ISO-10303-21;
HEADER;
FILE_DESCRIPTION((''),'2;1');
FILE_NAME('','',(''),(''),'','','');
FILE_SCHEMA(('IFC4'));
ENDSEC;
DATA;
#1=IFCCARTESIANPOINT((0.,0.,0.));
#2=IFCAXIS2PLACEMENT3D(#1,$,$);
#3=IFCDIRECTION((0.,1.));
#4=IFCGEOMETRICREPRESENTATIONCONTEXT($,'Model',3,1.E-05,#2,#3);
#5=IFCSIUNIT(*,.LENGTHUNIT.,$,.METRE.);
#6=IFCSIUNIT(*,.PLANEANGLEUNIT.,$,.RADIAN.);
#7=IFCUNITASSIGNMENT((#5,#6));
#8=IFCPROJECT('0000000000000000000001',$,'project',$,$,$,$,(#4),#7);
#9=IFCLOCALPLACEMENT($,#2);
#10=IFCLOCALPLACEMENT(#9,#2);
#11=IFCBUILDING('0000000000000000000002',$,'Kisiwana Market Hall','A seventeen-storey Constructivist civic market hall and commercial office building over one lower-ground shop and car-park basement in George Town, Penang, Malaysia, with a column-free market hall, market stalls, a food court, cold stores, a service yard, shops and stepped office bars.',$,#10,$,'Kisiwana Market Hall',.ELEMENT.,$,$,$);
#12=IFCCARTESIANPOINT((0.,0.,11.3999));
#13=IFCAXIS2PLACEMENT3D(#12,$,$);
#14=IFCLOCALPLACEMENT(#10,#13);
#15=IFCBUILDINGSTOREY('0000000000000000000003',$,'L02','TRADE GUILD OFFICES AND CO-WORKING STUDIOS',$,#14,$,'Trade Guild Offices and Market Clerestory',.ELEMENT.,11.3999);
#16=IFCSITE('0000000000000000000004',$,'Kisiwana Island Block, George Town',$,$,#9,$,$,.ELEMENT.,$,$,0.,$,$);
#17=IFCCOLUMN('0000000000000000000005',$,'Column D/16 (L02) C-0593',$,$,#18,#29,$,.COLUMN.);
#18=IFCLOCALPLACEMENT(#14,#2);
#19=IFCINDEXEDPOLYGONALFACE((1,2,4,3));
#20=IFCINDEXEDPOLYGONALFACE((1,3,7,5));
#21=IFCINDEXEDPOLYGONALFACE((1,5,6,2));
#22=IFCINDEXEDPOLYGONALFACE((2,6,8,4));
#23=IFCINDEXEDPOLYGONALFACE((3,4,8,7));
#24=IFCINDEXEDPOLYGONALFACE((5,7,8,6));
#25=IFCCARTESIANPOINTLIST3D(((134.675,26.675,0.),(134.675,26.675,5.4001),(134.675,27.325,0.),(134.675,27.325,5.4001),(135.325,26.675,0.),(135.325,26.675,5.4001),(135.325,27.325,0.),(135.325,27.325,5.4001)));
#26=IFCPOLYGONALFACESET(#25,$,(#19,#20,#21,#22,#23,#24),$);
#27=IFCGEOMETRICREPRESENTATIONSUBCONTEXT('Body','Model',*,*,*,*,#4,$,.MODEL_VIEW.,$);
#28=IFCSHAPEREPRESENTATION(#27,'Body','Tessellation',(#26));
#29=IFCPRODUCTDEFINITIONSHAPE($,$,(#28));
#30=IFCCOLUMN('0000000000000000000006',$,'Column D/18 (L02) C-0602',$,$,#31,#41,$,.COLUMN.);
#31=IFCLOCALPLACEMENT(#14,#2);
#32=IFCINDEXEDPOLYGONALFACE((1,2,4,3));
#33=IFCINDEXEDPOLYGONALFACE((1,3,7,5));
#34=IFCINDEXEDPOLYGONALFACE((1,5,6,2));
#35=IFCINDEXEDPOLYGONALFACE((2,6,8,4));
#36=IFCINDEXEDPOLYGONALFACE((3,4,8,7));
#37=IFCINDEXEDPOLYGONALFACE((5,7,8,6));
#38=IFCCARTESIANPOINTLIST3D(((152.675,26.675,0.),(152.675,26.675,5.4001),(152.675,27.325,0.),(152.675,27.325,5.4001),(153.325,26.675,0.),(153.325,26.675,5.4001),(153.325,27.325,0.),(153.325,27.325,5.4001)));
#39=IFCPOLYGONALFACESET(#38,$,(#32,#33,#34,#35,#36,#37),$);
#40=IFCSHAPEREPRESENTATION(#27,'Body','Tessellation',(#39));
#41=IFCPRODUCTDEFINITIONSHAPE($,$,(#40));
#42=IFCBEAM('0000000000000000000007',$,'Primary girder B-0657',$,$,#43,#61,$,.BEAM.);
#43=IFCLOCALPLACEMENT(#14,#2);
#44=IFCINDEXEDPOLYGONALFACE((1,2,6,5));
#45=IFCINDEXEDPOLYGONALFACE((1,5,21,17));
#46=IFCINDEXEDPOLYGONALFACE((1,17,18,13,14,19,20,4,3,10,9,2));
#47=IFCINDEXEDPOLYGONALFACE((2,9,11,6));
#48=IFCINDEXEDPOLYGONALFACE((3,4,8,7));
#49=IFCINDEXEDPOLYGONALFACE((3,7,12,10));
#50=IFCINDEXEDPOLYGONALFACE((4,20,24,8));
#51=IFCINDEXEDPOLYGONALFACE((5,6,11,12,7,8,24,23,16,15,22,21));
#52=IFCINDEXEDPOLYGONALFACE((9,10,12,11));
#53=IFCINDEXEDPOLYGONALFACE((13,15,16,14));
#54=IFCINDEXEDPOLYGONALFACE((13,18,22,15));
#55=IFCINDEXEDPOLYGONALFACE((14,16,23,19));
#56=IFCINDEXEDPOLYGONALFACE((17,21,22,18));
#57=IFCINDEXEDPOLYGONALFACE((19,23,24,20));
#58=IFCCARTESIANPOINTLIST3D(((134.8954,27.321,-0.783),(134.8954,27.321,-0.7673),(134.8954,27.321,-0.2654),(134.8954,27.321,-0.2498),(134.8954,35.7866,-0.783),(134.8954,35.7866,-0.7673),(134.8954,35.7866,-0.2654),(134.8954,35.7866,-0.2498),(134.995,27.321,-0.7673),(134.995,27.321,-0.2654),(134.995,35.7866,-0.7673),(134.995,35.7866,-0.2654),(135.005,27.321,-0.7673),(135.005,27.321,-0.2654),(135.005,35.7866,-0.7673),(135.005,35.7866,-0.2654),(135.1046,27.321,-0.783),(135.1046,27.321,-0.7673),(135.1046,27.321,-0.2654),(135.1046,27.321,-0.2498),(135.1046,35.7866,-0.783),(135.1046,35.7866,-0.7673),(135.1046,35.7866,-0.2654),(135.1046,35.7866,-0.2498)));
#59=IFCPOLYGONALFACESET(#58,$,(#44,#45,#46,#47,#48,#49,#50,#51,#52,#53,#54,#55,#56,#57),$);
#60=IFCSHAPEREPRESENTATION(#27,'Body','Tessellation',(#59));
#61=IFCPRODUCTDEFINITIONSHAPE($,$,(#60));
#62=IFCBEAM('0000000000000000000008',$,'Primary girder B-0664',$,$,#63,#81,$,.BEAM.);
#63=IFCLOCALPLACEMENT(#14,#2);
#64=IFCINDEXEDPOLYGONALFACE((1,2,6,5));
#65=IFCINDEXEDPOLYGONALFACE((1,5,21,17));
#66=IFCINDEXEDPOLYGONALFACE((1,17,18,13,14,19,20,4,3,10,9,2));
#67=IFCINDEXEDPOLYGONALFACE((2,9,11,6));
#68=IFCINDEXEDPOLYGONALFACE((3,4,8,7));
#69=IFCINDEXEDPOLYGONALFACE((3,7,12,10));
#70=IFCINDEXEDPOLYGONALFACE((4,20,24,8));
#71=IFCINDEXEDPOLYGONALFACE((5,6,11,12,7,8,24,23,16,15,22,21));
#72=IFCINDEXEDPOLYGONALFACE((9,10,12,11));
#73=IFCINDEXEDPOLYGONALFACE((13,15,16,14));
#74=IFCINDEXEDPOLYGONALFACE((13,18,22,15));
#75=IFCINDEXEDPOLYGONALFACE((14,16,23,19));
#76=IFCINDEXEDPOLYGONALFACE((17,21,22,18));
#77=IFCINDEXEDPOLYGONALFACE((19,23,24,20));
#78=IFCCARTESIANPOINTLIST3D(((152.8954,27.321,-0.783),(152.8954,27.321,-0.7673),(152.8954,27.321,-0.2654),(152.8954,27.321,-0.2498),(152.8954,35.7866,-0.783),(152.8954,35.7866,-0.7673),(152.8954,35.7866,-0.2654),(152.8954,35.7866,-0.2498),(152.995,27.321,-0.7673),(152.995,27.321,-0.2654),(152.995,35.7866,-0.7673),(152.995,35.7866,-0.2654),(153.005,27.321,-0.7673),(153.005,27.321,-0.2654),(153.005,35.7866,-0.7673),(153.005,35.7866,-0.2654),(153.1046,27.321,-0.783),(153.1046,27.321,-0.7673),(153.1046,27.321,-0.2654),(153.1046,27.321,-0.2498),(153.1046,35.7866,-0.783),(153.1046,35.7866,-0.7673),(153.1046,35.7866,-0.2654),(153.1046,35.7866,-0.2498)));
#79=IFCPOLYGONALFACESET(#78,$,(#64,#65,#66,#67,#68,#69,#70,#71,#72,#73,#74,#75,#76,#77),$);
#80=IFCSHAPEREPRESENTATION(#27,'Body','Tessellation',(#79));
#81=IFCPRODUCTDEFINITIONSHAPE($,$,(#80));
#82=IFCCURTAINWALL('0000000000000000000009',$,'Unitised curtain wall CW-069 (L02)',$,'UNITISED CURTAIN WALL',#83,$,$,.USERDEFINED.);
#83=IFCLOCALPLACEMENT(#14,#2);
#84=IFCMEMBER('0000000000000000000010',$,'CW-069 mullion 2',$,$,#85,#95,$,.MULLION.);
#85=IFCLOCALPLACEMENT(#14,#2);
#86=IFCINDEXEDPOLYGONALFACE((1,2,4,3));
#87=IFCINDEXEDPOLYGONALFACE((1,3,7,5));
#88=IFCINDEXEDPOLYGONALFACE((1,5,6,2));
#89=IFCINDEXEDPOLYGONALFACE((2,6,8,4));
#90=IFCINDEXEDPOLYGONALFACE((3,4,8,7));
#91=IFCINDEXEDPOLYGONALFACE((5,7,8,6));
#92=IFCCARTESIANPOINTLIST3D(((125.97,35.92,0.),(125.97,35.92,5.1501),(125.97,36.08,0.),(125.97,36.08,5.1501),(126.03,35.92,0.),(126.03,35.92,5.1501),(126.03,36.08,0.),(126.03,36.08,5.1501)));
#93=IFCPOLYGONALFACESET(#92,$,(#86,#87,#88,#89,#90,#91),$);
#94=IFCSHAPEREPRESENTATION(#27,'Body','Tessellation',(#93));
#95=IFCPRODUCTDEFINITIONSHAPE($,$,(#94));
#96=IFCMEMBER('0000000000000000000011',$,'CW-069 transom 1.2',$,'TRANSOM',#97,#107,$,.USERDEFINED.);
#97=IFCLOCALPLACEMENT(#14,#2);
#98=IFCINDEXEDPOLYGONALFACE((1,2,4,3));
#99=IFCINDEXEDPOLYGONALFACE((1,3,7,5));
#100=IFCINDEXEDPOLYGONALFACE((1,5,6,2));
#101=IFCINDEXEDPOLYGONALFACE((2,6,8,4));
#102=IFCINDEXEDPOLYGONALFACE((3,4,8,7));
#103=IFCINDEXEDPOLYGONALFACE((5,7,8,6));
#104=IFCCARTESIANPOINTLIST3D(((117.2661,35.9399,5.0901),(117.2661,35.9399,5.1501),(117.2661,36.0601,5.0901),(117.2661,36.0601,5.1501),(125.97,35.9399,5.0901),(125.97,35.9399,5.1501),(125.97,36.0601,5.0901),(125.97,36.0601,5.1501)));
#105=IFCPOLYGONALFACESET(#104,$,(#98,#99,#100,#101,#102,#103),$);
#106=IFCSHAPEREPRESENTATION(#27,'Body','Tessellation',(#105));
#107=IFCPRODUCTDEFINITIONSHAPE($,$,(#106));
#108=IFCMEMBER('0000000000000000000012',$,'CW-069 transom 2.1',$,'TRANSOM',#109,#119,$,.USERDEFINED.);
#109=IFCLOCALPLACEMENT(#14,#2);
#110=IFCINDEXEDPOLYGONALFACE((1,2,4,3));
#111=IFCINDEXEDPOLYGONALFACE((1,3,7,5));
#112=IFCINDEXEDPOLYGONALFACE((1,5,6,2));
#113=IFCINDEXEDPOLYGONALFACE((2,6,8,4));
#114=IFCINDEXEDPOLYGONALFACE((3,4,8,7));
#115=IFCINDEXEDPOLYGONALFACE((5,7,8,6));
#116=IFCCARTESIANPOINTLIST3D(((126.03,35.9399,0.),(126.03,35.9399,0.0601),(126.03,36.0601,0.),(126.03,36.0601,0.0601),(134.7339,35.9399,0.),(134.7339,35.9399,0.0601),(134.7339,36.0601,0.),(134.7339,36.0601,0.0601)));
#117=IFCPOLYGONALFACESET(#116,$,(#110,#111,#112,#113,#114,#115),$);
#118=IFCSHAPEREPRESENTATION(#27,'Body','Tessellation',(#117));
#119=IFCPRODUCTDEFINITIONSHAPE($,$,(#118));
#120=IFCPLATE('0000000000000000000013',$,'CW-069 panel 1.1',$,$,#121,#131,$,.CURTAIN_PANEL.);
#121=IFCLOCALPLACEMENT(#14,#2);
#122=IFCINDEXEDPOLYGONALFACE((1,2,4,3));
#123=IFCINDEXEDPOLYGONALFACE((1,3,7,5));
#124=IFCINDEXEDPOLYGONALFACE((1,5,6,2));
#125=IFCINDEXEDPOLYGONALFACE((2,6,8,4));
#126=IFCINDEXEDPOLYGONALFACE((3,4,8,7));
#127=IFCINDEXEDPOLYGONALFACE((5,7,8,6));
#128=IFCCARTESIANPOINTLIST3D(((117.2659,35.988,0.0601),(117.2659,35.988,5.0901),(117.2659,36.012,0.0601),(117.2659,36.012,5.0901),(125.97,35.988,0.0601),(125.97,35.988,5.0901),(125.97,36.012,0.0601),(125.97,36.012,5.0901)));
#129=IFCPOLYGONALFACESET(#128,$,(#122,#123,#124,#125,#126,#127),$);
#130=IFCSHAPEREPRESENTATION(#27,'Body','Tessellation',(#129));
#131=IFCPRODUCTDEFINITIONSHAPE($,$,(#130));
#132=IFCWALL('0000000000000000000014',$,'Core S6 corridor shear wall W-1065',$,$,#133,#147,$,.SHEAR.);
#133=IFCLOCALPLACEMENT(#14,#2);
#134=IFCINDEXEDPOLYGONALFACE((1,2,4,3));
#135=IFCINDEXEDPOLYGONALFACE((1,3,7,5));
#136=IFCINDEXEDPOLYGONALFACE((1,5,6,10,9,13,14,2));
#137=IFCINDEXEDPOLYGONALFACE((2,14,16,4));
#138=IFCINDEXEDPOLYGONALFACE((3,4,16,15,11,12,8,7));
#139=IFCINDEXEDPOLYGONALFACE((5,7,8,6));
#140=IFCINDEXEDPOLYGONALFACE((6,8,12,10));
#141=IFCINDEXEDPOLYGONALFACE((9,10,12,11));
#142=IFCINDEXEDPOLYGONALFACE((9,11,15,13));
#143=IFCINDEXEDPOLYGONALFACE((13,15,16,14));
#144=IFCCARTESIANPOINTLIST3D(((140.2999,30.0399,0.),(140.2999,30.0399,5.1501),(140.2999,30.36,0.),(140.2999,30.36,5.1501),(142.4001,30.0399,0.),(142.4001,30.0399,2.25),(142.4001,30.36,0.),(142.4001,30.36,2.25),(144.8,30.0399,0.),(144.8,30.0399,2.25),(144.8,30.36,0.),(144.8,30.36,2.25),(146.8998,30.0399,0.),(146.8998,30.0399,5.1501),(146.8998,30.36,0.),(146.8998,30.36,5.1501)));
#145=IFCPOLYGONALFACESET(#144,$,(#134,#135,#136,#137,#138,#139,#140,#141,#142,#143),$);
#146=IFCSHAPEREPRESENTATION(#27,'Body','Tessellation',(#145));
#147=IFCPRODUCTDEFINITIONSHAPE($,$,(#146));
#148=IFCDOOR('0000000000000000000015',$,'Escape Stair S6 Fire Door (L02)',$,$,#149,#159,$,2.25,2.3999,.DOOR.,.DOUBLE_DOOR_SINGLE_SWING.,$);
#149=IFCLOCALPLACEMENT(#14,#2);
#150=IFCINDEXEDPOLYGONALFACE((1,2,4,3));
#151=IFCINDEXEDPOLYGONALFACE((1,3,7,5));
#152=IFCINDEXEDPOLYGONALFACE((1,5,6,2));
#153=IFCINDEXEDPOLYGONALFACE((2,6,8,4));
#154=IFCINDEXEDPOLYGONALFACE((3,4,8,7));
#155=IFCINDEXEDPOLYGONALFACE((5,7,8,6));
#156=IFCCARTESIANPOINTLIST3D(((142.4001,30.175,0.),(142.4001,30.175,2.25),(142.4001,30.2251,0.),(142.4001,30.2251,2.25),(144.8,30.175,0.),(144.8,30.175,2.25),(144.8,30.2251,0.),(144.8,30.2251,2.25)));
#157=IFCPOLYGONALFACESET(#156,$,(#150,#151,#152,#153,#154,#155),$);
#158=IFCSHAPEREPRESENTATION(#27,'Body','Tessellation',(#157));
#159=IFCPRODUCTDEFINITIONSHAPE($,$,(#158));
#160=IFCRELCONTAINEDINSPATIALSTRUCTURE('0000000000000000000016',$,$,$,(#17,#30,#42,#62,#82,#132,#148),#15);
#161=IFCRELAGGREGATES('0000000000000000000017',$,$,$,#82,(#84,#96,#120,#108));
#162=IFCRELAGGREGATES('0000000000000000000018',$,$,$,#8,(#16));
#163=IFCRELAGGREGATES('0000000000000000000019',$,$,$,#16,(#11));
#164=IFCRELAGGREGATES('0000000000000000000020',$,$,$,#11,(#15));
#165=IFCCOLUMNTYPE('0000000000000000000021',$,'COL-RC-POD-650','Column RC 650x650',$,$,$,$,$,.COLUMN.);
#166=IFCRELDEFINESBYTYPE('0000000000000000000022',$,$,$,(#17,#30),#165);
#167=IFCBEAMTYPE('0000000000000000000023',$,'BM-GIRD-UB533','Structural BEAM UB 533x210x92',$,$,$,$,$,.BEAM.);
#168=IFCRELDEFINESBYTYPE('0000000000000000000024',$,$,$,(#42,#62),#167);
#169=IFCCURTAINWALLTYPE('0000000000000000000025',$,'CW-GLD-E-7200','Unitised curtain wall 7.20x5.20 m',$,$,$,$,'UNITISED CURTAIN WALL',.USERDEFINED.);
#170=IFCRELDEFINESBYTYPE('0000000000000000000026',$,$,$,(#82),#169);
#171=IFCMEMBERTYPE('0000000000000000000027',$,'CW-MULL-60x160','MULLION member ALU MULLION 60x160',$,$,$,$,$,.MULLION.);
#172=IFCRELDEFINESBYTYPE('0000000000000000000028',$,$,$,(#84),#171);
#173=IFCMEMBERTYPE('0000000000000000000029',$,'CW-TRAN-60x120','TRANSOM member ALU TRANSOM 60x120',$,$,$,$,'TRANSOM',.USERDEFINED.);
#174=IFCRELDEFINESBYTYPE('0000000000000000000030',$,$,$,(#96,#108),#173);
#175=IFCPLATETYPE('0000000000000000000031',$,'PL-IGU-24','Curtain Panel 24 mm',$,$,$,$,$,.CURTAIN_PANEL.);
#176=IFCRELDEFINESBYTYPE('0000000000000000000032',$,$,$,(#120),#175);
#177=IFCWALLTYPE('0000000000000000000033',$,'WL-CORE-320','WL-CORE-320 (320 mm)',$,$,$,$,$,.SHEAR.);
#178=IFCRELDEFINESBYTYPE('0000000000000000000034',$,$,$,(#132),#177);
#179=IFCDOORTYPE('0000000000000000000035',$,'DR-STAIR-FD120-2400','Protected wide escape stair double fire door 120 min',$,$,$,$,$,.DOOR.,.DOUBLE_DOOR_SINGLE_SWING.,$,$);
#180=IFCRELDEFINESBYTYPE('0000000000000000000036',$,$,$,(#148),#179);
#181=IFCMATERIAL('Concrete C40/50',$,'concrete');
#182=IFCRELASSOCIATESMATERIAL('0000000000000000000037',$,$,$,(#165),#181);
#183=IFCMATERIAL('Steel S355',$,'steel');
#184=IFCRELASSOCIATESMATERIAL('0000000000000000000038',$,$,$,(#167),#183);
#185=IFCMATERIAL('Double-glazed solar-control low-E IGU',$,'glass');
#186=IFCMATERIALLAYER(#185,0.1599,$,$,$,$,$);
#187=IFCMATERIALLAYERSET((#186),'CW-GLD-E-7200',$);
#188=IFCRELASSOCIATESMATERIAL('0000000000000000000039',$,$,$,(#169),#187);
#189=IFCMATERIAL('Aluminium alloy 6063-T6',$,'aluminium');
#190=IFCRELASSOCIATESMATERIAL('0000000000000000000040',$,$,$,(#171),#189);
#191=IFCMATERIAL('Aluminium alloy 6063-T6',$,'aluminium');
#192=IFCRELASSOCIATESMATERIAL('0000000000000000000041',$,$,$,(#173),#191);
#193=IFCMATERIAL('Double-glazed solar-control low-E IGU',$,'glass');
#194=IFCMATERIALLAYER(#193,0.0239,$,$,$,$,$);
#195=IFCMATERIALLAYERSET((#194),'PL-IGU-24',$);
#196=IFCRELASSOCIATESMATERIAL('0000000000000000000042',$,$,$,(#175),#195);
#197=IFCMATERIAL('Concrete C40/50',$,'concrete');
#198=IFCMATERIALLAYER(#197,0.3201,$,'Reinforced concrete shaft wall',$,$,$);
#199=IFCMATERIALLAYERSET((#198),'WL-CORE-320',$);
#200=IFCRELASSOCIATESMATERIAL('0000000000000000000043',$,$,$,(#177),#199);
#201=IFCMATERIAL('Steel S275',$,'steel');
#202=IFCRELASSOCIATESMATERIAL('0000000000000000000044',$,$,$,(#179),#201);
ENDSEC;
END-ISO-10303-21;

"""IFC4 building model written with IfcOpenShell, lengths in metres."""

from ifc_helpers import new_model, si_unit, direction, frame, frame_2d, origin, origin_2d, place, context, subcontext, project, spatial, rectangle, i_section, extrude, material, layer, layer_set, material_profile, profile_set, type_object, element, fill, aggregate, save


model = new_model("IFC4")

# Units and contexts
model_context = context("Model", 3, precision=1e-05, world=origin(), true_north=direction((0.0, 1.0)))
body_context = subcontext(model_context, "Body", "Model", "MODEL_VIEW")
ifc_project = project(units=[si_unit("LENGTHUNIT", "METRE"), si_unit("PLANEANGLEUNIT", "RADIAN")], contexts=[model_context])

# Site, building, storey
site_placement = place(None, origin())
site = spatial("IfcSite", under=ifc_project, at=site_placement, Name="Kisiwana Island Block, George Town", CompositionType="ELEMENT", RefElevation=0.0)
building_placement = place(site_placement, origin())
building = spatial("IfcBuilding", under=site, at=building_placement, Name="Kisiwana Market Hall", Description="A seventeen-storey Constructivist civic market hall and commercial office building over one lower-ground shop and car-park basement in George Town, Penang, Malaysia, with a column-free market hall, market stalls, a food court, cold stores, a service yard, shops and stepped office bars.", LongName="Kisiwana Market Hall", CompositionType="ELEMENT")
storey_placement = place(building_placement, frame((0.0, 0.0, 11.3999)))
storey = spatial("IfcBuildingStorey", under=building, at=storey_placement, Name="L02", Description="TRADE GUILD OFFICES AND CO-WORKING STUDIOS", LongName="Trade Guild Offices and Market Clerestory", CompositionType="ELEMENT", Elevation=11.3999)

# Columns
ifc_material_1 = material(Name="Concrete C40/50", Category="concrete")
ifc_material_profile_1 = material_profile(ifc_material_1, rectangle(XDim=0.6499, YDim=0.6499, at=origin_2d()), Name="RC 650x650")
ifc_profile_set_1 = profile_set([ifc_material_profile_1], Name="Concrete C40/50")
column_type = type_object("IfcColumnType", Name="COL-RC-POD-650", Description="Column RC 650x650", PredefinedType="COLUMN", material=ifc_profile_set_1)
for number, where, z_axis, x_axis, name in (
    (1, (135.0, 27.0, 0.0), (0.0, 0.0, 1.0), (1.0, 0.0, 0.0), "Column D/16 (L02) C-0593"),
    (2, (153.0, 27.0, 0.0), (0.0, 0.0, 1.0), (1.0, 0.0, 0.0), "Column D/18 (L02) C-0602"),
):
    element("IfcColumn", number, at=place(storey_placement, frame(where, z_axis=z_axis, x_axis=x_axis)), inside=storey, type_object=column_type, Name=name, PredefinedType="COLUMN", context=body_context, shape_type="SweptSolid", body=[
        extrude(rectangle(XDim=0.6499, YDim=0.6499, at=origin_2d()), origin(), (0.0, 0.0, 1.0), 5.4001),
    ])

# Beams
ifc_material_2 = material(Name="Steel S355", Category="steel")
ifc_material_profile_2 = material_profile(ifc_material_2, i_section(OverallWidth=0.2092, OverallDepth=0.5332, WebThickness=0.01, FlangeThickness=0.0156, at=origin_2d()), Name="UB 533x210x92")
ifc_profile_set_2 = profile_set([ifc_material_profile_2], Name="Steel S355")
beam_type = type_object("IfcBeamType", Name="BM-GIRD-UB533", Description="Structural BEAM UB 533x210x92", PredefinedType="BEAM", material=ifc_profile_set_2)
for number, where, z_axis, x_axis, name in (
    (3, (135.0, 27.321, -0.5164), (0.0, 1.0, 0.0), (-1.0, 0.0, 0.0), "Primary girder B-0657"),
    (4, (153.0, 27.321, -0.5164), (0.0, 1.0, 0.0), (-1.0, 0.0, 0.0), "Primary girder B-0664"),
):
    element("IfcBeam", number, at=place(storey_placement, frame(where, z_axis=z_axis, x_axis=x_axis)), inside=storey, type_object=beam_type, Name=name, PredefinedType="BEAM", context=body_context, shape_type="SweptSolid", body=[
        extrude(i_section(OverallWidth=0.2092, OverallDepth=0.5332, WebThickness=0.01, FlangeThickness=0.0156, at=origin_2d()), origin(), (0.0, 0.0, 1.0), 8.4656),
    ])

# Curtain wall, members, plate
ifc_material_3 = material(Name="Double-glazed solar-control low-E IGU", Category="glass")
ifc_layer_1 = layer(ifc_material_3, 0.1599)
ifc_layer_set_1 = layer_set([ifc_layer_1], Name="CW-GLD-E-7200")
curtain_wall_type = type_object("IfcCurtainWallType", Name="CW-GLD-E-7200", Description="Unitised curtain wall 7.20x5.20 m", ElementType="UNITISED CURTAIN WALL", PredefinedType="USERDEFINED", material=ifc_layer_set_1)
curtain_wall_placement = place(storey_placement, origin())
curtain_wall = element("IfcCurtainWall", 5, at=curtain_wall_placement, inside=storey, type_object=curtain_wall_type, Name="Unitised curtain wall CW-069 (L02)", ObjectType="UNITISED CURTAIN WALL", PredefinedType="USERDEFINED")
ifc_material_4 = material(Name="Aluminium alloy 6063-T6", Category="aluminium")
ifc_material_profile_3 = material_profile(ifc_material_4, rectangle(XDim=0.0601, YDim=0.1599, at=origin_2d()), Name="ALU MULLION 60x160")
ifc_profile_set_3 = profile_set([ifc_material_profile_3], Name="Aluminium alloy 6063-T6")
member_type_1 = type_object("IfcMemberType", Name="CW-MULL-60x160", Description="MULLION member ALU MULLION 60x160", PredefinedType="MULLION", material=ifc_profile_set_3)
member_1_placement = place(storey_placement, frame((126.0, 36.0, 0.0), z_axis=(0.0, 0.0, 1.0), x_axis=(1.0, 0.0, 0.0)))
member_1 = element("IfcMember", 6, at=member_1_placement, type_object=member_type_1, Name="CW-069 mullion 2", PredefinedType="MULLION", context=body_context, shape_type="SweptSolid", body=[
    extrude(rectangle(XDim=0.0601, YDim=0.1599, at=origin_2d()), origin(), (0.0, 0.0, 1.0), 5.1501),
])
ifc_material_5 = material(Name="Aluminium alloy 6063-T6", Category="aluminium")
ifc_material_profile_4 = material_profile(ifc_material_5, rectangle(XDim=0.1201, YDim=0.0601, at=origin_2d()), Name="ALU TRANSOM 60x120")
ifc_profile_set_4 = profile_set([ifc_material_profile_4], Name="Aluminium alloy 6063-T6")
member_type_2 = type_object("IfcMemberType", Name="CW-TRAN-60x120", Description="TRANSOM member ALU TRANSOM 60x120", ElementType="TRANSOM", PredefinedType="USERDEFINED", material=ifc_profile_set_4)
member_2_placement = place(storey_placement, frame((117.2661, 36.0, 5.1201), z_axis=(1.0, 0.0, 0.0), x_axis=(0.0, 1.0, 0.0)))
member_2 = element("IfcMember", 7, at=member_2_placement, type_object=member_type_2, Name="CW-069 transom 1.2", ObjectType="TRANSOM", PredefinedType="USERDEFINED", context=body_context, shape_type="SweptSolid", body=[
    extrude(rectangle(XDim=0.1201, YDim=0.0601, at=origin_2d()), origin(), (0.0, 0.0, 1.0), 8.7039),
])
member_3_placement = place(storey_placement, frame((126.03, 36.0, 0.03), z_axis=(1.0, 0.0, 0.0), x_axis=(0.0, 1.0, 0.0)))
member_3 = element("IfcMember", 8, at=member_3_placement, type_object=member_type_2, Name="CW-069 transom 2.1", ObjectType="TRANSOM", PredefinedType="USERDEFINED", context=body_context, shape_type="SweptSolid", body=[
    extrude(rectangle(XDim=0.1201, YDim=0.0601, at=origin_2d()), origin(), (0.0, 0.0, 1.0), 8.7039),
])
ifc_material_6 = material(Name="Double-glazed solar-control low-E IGU", Category="glass")
ifc_layer_2 = layer(ifc_material_6, 0.0239)
ifc_layer_set_2 = layer_set([ifc_layer_2], Name="PL-IGU-24")
plate_type = type_object("IfcPlateType", Name="PL-IGU-24", Description="Curtain Panel 24 mm", PredefinedType="CURTAIN_PANEL", material=ifc_layer_set_2)
plate_placement = place(storey_placement, frame((121.6179, 36.0, 0.0601), z_axis=(0.0, 0.0, 1.0), x_axis=(1.0, 0.0, 0.0)))
plate = element("IfcPlate", 9, at=plate_placement, type_object=plate_type, Name="CW-069 panel 1.1", PredefinedType="CURTAIN_PANEL", context=body_context, shape_type="SweptSolid", body=[
    extrude(rectangle(XDim=8.7041, YDim=0.0239, at=origin_2d()), origin(), (0.0, 0.0, 1.0), 5.03),
])
aggregate(curtain_wall, [member_1, member_2, plate, member_3])

# Wall, opening, door
ifc_material_7 = material(Name="Concrete C40/50", Category="concrete")
ifc_layer_3 = layer(ifc_material_7, 0.3201, Name="Reinforced concrete shaft wall")
ifc_layer_set_3 = layer_set([ifc_layer_3], Name="WL-CORE-320")
wall_type_1 = type_object("IfcWallType", Name="WL-CORE-320", Description="WL-CORE-320 (320 mm)", PredefinedType="SHEAR", material=ifc_layer_set_3)
wall_1_placement = place(storey_placement, frame((140.3, 30.2, 0.0), z_axis=(0.0, 0.0, 1.0), x_axis=(1.0, 0.0, 0.0)))
wall_1 = element("IfcWall", 10, at=wall_1_placement, inside=storey, type_object=wall_type_1, Name="Core S6 corridor shear wall W-1065", PredefinedType="SHEAR", context=body_context, shape_type="SweptSolid", body=[
    extrude(rectangle(XDim=6.5999, YDim=0.3201, at=frame_2d((3.2998, 0.0))), origin(), (0.0, 0.0, 1.0), 5.1501),
])
opening_1_placement = place(wall_1_placement, frame((2.1001, 0.0, 0.0)))
opening_1 = element("IfcOpeningElement", 11, at=opening_1_placement, cuts=wall_1, PredefinedType="OPENING", context=body_context, shape_type="SweptSolid", body=[
    extrude(rectangle(XDim=2.3999, YDim=2.25, at=frame_2d((1.2, 1.125))), frame((0.0, 0.1719, 0.0), z_axis=(0.0, -1.0, 0.0), x_axis=(1.0, 0.0, 0.0)), (0.0, 0.0, 1.0), 0.344),
])
ifc_material_8 = material(Name="Steel S275", Category="steel")
door_type_1 = type_object("IfcDoorType", Name="DR-STAIR-FD120-2400", Description="Protected wide escape stair double fire door 120 min", OperationType="DOUBLE_DOOR_SINGLE_SWING", PredefinedType="DOOR", material=ifc_material_8)
door_1_placement = place(opening_1_placement, frame((2.3999, 0.0, 0.0), z_axis=(0.0, 0.0, 1.0), x_axis=(-1.0, 0.0, 0.0)))
door_1 = element("IfcDoor", 12, at=door_1_placement, inside=storey, type_object=door_type_1, Name="Escape Stair S6 Fire Door (L02)", OperationType="DOUBLE_DOOR_SINGLE_SWING", OverallHeight=2.25, OverallWidth=2.3999, PredefinedType="DOOR", context=body_context, shape_type="SweptSolid", body=[
    extrude(rectangle(XDim=2.3999, YDim=2.25, at=frame_2d((1.2, 1.125))), frame((0.0, 0.0249, 0.0), z_axis=(0.0, -1.0, 0.0), x_axis=(1.0, 0.0, 0.0)), (0.0, 0.0, 1.0), 0.05),
])
fill(opening_1, door_1)

save(model, "model.ifc")
